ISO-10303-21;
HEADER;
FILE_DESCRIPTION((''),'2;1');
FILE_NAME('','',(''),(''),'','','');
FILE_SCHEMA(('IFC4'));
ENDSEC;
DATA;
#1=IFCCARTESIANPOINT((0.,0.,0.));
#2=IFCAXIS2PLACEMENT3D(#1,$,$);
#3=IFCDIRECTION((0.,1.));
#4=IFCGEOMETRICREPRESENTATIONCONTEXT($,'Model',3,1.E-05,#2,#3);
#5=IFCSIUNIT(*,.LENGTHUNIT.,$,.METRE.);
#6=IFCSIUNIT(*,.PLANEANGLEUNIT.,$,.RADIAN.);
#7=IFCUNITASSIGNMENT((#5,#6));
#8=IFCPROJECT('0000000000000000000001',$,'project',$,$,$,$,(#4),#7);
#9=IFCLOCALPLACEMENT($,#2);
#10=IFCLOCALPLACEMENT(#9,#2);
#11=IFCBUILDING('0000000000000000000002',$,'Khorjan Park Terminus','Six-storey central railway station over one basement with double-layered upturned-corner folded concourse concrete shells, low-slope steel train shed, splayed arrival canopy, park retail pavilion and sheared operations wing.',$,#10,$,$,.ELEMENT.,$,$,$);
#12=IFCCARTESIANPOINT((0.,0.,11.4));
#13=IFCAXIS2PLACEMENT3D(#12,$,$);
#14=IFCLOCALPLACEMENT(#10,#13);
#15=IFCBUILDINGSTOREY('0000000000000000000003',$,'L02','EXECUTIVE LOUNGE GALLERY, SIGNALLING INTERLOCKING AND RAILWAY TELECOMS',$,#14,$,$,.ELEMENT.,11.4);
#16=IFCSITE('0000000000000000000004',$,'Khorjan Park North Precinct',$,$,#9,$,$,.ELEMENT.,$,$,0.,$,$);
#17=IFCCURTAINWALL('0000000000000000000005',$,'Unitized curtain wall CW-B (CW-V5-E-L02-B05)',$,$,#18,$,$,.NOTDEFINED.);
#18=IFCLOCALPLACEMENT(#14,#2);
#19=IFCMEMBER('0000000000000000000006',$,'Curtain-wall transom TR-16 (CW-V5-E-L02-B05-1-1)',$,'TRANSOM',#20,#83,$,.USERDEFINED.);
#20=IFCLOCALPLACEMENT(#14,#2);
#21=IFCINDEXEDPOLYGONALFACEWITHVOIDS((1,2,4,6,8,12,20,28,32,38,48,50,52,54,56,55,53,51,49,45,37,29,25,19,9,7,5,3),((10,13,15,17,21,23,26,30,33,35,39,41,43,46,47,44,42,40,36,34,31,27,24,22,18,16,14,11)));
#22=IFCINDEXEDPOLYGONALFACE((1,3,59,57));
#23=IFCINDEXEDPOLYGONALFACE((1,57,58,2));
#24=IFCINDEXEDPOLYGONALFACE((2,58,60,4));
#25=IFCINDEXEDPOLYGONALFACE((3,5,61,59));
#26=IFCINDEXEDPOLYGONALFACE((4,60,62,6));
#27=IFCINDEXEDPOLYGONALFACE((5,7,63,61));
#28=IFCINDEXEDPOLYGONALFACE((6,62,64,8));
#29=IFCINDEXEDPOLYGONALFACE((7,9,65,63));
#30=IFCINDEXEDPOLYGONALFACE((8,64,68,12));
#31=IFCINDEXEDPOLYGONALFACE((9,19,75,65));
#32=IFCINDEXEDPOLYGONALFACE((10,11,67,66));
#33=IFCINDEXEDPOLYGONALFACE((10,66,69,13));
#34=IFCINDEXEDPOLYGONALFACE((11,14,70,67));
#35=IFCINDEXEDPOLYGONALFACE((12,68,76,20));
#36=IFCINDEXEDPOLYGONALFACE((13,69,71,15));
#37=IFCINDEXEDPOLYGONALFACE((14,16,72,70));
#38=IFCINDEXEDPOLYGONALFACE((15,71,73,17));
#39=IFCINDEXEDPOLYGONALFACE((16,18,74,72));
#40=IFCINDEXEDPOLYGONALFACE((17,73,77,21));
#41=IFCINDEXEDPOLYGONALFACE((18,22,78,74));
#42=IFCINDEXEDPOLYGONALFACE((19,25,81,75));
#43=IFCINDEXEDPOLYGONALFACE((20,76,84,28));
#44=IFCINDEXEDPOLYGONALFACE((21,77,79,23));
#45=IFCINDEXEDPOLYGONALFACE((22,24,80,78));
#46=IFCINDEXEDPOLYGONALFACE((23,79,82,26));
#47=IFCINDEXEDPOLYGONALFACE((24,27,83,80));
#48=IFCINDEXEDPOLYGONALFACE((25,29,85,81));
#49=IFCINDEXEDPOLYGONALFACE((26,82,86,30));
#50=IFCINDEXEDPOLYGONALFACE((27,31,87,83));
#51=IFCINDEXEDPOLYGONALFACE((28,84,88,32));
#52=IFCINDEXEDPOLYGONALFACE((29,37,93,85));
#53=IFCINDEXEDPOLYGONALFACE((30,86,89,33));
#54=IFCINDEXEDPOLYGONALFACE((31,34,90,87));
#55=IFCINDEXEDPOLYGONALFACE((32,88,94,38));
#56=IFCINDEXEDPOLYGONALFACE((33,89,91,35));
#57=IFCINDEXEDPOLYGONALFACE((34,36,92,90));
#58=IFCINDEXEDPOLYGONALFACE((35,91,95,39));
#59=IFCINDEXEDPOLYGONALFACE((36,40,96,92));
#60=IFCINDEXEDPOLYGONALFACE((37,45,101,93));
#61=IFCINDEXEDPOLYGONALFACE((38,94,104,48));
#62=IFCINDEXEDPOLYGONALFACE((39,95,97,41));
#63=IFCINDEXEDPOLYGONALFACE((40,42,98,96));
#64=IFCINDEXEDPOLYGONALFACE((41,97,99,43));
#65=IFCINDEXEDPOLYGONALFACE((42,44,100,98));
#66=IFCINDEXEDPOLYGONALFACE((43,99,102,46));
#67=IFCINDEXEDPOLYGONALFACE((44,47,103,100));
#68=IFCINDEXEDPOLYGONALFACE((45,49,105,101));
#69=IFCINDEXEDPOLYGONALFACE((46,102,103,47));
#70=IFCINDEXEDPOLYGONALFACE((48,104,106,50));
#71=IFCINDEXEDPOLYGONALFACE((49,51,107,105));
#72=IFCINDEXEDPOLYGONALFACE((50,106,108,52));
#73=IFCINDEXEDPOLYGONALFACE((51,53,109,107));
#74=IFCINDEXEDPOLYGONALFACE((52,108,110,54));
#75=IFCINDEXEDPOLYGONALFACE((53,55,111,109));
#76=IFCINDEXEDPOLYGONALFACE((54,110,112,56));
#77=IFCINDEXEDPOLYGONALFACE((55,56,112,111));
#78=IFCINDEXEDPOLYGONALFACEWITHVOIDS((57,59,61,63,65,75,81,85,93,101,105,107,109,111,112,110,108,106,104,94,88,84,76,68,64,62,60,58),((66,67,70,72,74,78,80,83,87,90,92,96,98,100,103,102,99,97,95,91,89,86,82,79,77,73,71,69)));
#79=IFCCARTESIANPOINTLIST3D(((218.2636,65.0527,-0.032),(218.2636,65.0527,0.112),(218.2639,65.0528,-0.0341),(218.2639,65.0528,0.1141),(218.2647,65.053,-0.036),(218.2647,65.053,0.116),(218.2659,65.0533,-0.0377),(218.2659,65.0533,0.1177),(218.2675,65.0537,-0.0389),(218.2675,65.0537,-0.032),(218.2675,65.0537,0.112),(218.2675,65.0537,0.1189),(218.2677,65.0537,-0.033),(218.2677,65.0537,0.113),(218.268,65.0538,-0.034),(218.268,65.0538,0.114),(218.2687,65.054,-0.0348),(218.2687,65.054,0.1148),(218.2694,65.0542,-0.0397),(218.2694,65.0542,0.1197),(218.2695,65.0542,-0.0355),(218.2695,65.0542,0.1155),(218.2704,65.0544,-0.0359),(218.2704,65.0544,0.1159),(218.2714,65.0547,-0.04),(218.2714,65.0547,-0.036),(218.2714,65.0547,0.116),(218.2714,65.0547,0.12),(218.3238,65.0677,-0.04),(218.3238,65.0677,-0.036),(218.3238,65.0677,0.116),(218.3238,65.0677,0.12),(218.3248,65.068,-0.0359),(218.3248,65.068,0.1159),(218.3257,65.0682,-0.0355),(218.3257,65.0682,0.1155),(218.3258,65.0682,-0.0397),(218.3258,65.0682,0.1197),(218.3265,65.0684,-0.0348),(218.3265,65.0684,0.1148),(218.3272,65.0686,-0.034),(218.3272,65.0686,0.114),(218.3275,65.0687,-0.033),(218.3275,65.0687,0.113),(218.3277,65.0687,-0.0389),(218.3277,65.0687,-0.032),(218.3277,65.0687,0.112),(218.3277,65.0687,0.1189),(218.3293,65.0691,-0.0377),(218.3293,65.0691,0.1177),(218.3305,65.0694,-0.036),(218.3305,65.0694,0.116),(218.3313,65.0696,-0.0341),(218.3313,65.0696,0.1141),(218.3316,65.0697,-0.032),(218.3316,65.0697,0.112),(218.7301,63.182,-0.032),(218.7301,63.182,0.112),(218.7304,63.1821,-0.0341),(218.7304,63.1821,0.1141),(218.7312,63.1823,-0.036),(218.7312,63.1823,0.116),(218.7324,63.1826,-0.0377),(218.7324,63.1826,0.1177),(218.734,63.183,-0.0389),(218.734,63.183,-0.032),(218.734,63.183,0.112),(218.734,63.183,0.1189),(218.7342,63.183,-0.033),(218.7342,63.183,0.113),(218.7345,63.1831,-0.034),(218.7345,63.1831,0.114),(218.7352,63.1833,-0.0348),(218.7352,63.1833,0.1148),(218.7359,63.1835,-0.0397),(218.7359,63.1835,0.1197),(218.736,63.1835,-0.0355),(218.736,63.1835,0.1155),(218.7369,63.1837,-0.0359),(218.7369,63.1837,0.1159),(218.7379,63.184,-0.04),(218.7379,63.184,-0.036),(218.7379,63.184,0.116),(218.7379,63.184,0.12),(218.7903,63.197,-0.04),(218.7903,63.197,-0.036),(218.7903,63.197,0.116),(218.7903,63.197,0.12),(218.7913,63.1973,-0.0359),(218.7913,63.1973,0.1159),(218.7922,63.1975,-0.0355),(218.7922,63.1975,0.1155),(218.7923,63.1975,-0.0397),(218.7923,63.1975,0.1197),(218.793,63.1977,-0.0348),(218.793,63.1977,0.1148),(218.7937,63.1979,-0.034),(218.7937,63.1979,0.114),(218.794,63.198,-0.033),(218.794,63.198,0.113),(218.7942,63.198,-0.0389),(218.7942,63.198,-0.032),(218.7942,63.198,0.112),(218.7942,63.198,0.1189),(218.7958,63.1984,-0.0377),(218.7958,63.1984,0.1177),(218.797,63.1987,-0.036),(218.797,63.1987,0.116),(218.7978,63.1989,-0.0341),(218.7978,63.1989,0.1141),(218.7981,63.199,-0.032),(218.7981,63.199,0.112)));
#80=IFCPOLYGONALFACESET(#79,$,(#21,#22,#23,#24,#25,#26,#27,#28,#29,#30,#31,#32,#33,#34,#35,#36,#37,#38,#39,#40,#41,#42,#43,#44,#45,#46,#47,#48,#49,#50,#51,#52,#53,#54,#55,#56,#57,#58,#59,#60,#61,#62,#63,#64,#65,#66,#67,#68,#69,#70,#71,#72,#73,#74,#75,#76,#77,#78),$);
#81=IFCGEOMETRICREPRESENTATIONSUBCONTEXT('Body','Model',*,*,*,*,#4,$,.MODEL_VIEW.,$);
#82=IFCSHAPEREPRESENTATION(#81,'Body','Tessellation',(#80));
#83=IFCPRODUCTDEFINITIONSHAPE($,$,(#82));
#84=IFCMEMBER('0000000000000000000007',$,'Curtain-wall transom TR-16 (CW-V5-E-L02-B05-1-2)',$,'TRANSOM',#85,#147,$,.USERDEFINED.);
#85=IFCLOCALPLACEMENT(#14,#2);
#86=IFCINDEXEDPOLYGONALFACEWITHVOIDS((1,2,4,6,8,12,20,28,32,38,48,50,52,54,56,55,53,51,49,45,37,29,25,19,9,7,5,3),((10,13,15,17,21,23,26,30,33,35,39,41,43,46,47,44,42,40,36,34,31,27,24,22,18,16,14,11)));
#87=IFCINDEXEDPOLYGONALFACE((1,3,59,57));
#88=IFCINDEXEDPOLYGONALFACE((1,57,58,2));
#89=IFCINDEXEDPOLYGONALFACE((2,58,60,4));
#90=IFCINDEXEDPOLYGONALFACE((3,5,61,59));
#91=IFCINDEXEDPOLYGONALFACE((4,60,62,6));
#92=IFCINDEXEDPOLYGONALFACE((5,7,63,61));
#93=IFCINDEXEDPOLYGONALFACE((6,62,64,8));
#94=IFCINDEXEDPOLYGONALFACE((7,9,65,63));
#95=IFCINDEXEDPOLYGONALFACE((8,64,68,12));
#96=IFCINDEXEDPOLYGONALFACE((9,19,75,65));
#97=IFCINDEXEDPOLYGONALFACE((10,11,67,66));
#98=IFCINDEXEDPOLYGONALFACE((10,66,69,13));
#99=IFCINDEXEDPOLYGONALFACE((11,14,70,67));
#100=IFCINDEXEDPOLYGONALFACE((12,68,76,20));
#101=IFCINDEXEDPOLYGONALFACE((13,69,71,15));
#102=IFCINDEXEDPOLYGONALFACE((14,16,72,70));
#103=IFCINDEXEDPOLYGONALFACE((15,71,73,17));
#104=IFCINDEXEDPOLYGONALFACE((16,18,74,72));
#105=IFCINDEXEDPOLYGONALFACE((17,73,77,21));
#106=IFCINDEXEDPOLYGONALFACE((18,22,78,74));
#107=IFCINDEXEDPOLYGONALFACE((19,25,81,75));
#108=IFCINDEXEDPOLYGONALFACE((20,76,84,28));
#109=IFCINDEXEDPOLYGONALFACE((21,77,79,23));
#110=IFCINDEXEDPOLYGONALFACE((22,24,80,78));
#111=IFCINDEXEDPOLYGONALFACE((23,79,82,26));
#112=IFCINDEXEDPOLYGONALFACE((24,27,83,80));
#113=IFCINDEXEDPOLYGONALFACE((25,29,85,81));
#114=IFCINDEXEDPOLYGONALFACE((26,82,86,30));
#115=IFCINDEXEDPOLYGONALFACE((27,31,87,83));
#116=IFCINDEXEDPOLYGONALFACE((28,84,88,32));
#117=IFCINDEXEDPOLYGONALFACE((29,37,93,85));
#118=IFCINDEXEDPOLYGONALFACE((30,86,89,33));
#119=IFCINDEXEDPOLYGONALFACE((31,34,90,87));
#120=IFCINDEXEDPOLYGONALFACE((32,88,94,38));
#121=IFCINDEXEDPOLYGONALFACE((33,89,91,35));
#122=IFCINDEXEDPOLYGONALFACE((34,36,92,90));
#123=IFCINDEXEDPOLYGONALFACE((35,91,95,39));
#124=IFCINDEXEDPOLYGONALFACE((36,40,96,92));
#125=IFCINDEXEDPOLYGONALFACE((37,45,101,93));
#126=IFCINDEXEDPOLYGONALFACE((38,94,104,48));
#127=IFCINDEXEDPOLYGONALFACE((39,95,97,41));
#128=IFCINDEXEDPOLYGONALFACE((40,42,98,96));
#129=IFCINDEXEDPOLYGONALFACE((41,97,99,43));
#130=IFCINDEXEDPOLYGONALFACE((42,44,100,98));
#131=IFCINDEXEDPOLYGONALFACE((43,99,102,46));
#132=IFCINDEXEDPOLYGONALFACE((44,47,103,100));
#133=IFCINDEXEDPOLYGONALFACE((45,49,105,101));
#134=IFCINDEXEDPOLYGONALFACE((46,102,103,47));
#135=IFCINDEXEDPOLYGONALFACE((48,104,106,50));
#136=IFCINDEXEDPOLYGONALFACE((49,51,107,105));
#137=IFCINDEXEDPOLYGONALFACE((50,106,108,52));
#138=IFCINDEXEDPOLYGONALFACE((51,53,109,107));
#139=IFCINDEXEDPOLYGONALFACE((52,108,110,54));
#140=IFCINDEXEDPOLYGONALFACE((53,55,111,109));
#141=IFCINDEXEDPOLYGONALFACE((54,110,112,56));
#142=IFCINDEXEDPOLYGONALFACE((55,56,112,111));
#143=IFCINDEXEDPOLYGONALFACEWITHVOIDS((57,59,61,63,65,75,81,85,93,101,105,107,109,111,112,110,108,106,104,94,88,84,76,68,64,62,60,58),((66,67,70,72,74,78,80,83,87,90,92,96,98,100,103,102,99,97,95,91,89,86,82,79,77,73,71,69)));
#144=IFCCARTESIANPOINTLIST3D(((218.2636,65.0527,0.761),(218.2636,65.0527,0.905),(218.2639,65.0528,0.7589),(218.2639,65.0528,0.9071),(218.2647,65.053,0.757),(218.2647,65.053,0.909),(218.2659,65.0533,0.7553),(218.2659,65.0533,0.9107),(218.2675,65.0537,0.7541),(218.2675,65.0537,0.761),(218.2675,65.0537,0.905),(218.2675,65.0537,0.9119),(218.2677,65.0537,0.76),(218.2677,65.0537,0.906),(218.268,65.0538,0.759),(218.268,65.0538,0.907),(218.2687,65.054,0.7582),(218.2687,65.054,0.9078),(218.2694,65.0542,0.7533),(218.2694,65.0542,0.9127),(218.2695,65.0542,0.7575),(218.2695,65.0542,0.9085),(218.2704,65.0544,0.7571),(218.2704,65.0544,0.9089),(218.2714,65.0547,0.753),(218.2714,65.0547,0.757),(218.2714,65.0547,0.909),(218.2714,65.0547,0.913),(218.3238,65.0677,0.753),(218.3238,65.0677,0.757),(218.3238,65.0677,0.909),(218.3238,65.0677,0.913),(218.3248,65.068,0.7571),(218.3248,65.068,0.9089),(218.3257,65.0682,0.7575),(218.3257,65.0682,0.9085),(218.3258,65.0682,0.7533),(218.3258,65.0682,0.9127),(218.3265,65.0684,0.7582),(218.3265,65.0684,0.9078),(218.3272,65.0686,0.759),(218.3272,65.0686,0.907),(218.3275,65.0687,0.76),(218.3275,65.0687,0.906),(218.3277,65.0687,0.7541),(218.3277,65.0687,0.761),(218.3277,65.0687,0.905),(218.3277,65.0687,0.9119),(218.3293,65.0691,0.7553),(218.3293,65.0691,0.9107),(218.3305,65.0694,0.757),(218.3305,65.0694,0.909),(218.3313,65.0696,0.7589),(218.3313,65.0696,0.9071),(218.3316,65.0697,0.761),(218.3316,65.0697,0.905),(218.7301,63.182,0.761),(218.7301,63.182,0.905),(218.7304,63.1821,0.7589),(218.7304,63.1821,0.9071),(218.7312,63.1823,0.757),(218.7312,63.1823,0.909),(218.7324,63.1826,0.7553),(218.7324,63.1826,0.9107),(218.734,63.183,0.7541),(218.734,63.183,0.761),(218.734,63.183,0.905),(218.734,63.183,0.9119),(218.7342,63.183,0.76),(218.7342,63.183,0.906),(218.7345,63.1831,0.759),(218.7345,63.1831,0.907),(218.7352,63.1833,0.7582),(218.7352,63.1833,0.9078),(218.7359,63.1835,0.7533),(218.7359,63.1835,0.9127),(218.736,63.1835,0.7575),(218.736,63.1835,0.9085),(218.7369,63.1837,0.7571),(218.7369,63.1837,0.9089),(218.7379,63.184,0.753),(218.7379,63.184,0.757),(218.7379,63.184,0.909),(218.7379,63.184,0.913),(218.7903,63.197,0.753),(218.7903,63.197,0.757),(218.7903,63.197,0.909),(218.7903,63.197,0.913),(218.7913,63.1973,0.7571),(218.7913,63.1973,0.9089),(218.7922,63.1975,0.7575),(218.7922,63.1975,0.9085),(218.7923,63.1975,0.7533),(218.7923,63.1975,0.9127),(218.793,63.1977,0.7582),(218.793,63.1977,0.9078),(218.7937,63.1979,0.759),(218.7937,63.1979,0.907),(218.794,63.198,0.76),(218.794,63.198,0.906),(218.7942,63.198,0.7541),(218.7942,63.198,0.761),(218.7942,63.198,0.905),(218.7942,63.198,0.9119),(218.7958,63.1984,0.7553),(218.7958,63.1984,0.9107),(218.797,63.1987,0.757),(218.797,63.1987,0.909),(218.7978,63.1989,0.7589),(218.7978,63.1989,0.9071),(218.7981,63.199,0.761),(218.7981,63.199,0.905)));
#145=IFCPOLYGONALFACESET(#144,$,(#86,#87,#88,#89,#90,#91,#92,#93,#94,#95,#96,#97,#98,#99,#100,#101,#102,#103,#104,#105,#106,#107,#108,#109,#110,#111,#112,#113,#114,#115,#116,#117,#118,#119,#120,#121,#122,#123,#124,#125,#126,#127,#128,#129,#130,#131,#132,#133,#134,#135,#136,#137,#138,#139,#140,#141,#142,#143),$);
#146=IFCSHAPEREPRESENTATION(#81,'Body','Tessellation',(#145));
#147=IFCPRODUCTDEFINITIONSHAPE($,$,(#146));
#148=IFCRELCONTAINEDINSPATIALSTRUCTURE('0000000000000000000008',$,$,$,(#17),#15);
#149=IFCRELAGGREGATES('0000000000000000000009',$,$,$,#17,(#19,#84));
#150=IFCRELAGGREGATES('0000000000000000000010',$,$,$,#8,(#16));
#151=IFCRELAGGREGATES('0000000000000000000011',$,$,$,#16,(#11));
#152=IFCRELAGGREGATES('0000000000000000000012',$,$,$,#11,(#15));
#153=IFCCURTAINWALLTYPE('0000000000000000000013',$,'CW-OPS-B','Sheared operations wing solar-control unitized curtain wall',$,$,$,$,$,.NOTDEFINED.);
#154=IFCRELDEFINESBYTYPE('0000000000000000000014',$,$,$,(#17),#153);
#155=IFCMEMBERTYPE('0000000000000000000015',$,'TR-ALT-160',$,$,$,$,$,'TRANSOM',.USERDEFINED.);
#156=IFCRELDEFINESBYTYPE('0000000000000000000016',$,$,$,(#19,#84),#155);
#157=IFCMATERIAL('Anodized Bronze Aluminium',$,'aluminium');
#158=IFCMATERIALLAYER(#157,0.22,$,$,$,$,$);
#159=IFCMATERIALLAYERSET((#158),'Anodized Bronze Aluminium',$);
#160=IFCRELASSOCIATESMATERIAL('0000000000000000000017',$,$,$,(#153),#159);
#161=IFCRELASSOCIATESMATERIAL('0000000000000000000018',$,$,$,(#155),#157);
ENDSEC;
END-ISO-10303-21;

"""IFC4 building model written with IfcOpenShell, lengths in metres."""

from ifc_helpers import new_model, si_unit, direction, frame, origin, origin_2d, place, context, subcontext, project, spatial, hollow_rectangle, extrude, material, layer, layer_set, material_profile, profile_set, type_object, element, aggregate, save


model = new_model("IFC4")

# Units and contexts
model_context = context("Model", 3, precision=1e-05, world=origin(), true_north=direction((0.0, 1.0)))
body_context = subcontext(model_context, "Body", "Model", "MODEL_VIEW")
ifc_project = project(units=[si_unit("LENGTHUNIT", "METRE"), si_unit("PLANEANGLEUNIT", "RADIAN")], contexts=[model_context])

# Site, building, storey
site_placement = place(None, origin())
site = spatial("IfcSite", under=ifc_project, at=site_placement, Name="Khorjan Park North Precinct", CompositionType="ELEMENT", RefElevation=0.0)
building_placement = place(site_placement, origin())
building = spatial("IfcBuilding", under=site, at=building_placement, Name="Khorjan Park Terminus", Description="Six-storey central railway station over one basement with double-layered upturned-corner folded concourse concrete shells, low-slope steel train shed, splayed arrival canopy, park retail pavilion and sheared operations wing.", CompositionType="ELEMENT")
storey_placement = place(building_placement, frame((0.0, 0.0, 11.4)))
storey = spatial("IfcBuildingStorey", under=building, at=storey_placement, Name="L02", Description="EXECUTIVE LOUNGE GALLERY, SIGNALLING INTERLOCKING AND RAILWAY TELECOMS", CompositionType="ELEMENT", Elevation=11.4)

# Curtain wall, members
ifc_material_1 = material(Name="Anodized Bronze Aluminium", Category="aluminium")
ifc_layer_1 = layer(ifc_material_1, 0.22)
ifc_layer_set_1 = layer_set([ifc_layer_1], Name="Anodized Bronze Aluminium")
curtain_wall_type = type_object("IfcCurtainWallType", Name="CW-OPS-B", Description="Sheared operations wing solar-control unitized curtain wall", PredefinedType="NOTDEFINED", material=ifc_layer_set_1)
curtain_wall_placement = place(storey_placement, origin())
curtain_wall = element("IfcCurtainWall", 1, at=curtain_wall_placement, inside=storey, type_object=curtain_wall_type, Name="Unitized curtain wall CW-B (CW-V5-E-L02-B05)", PredefinedType="NOTDEFINED")
ifc_material_profile_1 = material_profile(ifc_material_1, hollow_rectangle(XDim=0.07, YDim=0.16, WallThickness=0.004, InnerFilletRadius=0.004, OuterFilletRadius=0.008, at=origin_2d()), Name="ALT 70x160x4")
ifc_profile_set_1 = profile_set([ifc_material_profile_1], Name="Anodized Bronze Aluminium")
member_type_1 = type_object("IfcMemberType", Name="TR-ALT-160", ElementType="TRANSOM", PredefinedType="USERDEFINED", material=ifc_profile_set_1)
member_1_placement = place(storey_placement, frame((218.7641, 63.1905, 0.04), z_axis=(-0.241962, 0.970286, 0.0), x_axis=(-0.970286, -0.241962, 0.0)))
member_1 = element("IfcMember", 2, at=member_1_placement, type_object=member_type_1, Name="Curtain-wall transom TR-16 (CW-V5-E-L02-B05-1-1)", ObjectType="TRANSOM", PredefinedType="USERDEFINED", context=body_context, shape_type="SweptSolid", body=[
    extrude(hollow_rectangle(XDim=0.07, YDim=0.16, WallThickness=0.004, InnerFilletRadius=0.004, OuterFilletRadius=0.008, at=origin_2d()), origin(), (0.0, 0.0, 1.0), 1.928),
])
member_2_placement = place(storey_placement, frame((218.7641, 63.1905, 0.833), z_axis=(-0.241962, 0.970286, 0.0), x_axis=(-0.970286, -0.241962, 0.0)))
member_2 = element("IfcMember", 3, at=member_2_placement, type_object=member_type_1, Name="Curtain-wall transom TR-16 (CW-V5-E-L02-B05-1-2)", ObjectType="TRANSOM", PredefinedType="USERDEFINED", context=body_context, shape_type="SweptSolid", body=[
    extrude(hollow_rectangle(XDim=0.07, YDim=0.16, WallThickness=0.004, InnerFilletRadius=0.004, OuterFilletRadius=0.008, at=origin_2d()), origin(), (0.0, 0.0, 1.0), 1.928),
])
aggregate(curtain_wall, [member_1, member_2])

save(model, "model.ifc")
